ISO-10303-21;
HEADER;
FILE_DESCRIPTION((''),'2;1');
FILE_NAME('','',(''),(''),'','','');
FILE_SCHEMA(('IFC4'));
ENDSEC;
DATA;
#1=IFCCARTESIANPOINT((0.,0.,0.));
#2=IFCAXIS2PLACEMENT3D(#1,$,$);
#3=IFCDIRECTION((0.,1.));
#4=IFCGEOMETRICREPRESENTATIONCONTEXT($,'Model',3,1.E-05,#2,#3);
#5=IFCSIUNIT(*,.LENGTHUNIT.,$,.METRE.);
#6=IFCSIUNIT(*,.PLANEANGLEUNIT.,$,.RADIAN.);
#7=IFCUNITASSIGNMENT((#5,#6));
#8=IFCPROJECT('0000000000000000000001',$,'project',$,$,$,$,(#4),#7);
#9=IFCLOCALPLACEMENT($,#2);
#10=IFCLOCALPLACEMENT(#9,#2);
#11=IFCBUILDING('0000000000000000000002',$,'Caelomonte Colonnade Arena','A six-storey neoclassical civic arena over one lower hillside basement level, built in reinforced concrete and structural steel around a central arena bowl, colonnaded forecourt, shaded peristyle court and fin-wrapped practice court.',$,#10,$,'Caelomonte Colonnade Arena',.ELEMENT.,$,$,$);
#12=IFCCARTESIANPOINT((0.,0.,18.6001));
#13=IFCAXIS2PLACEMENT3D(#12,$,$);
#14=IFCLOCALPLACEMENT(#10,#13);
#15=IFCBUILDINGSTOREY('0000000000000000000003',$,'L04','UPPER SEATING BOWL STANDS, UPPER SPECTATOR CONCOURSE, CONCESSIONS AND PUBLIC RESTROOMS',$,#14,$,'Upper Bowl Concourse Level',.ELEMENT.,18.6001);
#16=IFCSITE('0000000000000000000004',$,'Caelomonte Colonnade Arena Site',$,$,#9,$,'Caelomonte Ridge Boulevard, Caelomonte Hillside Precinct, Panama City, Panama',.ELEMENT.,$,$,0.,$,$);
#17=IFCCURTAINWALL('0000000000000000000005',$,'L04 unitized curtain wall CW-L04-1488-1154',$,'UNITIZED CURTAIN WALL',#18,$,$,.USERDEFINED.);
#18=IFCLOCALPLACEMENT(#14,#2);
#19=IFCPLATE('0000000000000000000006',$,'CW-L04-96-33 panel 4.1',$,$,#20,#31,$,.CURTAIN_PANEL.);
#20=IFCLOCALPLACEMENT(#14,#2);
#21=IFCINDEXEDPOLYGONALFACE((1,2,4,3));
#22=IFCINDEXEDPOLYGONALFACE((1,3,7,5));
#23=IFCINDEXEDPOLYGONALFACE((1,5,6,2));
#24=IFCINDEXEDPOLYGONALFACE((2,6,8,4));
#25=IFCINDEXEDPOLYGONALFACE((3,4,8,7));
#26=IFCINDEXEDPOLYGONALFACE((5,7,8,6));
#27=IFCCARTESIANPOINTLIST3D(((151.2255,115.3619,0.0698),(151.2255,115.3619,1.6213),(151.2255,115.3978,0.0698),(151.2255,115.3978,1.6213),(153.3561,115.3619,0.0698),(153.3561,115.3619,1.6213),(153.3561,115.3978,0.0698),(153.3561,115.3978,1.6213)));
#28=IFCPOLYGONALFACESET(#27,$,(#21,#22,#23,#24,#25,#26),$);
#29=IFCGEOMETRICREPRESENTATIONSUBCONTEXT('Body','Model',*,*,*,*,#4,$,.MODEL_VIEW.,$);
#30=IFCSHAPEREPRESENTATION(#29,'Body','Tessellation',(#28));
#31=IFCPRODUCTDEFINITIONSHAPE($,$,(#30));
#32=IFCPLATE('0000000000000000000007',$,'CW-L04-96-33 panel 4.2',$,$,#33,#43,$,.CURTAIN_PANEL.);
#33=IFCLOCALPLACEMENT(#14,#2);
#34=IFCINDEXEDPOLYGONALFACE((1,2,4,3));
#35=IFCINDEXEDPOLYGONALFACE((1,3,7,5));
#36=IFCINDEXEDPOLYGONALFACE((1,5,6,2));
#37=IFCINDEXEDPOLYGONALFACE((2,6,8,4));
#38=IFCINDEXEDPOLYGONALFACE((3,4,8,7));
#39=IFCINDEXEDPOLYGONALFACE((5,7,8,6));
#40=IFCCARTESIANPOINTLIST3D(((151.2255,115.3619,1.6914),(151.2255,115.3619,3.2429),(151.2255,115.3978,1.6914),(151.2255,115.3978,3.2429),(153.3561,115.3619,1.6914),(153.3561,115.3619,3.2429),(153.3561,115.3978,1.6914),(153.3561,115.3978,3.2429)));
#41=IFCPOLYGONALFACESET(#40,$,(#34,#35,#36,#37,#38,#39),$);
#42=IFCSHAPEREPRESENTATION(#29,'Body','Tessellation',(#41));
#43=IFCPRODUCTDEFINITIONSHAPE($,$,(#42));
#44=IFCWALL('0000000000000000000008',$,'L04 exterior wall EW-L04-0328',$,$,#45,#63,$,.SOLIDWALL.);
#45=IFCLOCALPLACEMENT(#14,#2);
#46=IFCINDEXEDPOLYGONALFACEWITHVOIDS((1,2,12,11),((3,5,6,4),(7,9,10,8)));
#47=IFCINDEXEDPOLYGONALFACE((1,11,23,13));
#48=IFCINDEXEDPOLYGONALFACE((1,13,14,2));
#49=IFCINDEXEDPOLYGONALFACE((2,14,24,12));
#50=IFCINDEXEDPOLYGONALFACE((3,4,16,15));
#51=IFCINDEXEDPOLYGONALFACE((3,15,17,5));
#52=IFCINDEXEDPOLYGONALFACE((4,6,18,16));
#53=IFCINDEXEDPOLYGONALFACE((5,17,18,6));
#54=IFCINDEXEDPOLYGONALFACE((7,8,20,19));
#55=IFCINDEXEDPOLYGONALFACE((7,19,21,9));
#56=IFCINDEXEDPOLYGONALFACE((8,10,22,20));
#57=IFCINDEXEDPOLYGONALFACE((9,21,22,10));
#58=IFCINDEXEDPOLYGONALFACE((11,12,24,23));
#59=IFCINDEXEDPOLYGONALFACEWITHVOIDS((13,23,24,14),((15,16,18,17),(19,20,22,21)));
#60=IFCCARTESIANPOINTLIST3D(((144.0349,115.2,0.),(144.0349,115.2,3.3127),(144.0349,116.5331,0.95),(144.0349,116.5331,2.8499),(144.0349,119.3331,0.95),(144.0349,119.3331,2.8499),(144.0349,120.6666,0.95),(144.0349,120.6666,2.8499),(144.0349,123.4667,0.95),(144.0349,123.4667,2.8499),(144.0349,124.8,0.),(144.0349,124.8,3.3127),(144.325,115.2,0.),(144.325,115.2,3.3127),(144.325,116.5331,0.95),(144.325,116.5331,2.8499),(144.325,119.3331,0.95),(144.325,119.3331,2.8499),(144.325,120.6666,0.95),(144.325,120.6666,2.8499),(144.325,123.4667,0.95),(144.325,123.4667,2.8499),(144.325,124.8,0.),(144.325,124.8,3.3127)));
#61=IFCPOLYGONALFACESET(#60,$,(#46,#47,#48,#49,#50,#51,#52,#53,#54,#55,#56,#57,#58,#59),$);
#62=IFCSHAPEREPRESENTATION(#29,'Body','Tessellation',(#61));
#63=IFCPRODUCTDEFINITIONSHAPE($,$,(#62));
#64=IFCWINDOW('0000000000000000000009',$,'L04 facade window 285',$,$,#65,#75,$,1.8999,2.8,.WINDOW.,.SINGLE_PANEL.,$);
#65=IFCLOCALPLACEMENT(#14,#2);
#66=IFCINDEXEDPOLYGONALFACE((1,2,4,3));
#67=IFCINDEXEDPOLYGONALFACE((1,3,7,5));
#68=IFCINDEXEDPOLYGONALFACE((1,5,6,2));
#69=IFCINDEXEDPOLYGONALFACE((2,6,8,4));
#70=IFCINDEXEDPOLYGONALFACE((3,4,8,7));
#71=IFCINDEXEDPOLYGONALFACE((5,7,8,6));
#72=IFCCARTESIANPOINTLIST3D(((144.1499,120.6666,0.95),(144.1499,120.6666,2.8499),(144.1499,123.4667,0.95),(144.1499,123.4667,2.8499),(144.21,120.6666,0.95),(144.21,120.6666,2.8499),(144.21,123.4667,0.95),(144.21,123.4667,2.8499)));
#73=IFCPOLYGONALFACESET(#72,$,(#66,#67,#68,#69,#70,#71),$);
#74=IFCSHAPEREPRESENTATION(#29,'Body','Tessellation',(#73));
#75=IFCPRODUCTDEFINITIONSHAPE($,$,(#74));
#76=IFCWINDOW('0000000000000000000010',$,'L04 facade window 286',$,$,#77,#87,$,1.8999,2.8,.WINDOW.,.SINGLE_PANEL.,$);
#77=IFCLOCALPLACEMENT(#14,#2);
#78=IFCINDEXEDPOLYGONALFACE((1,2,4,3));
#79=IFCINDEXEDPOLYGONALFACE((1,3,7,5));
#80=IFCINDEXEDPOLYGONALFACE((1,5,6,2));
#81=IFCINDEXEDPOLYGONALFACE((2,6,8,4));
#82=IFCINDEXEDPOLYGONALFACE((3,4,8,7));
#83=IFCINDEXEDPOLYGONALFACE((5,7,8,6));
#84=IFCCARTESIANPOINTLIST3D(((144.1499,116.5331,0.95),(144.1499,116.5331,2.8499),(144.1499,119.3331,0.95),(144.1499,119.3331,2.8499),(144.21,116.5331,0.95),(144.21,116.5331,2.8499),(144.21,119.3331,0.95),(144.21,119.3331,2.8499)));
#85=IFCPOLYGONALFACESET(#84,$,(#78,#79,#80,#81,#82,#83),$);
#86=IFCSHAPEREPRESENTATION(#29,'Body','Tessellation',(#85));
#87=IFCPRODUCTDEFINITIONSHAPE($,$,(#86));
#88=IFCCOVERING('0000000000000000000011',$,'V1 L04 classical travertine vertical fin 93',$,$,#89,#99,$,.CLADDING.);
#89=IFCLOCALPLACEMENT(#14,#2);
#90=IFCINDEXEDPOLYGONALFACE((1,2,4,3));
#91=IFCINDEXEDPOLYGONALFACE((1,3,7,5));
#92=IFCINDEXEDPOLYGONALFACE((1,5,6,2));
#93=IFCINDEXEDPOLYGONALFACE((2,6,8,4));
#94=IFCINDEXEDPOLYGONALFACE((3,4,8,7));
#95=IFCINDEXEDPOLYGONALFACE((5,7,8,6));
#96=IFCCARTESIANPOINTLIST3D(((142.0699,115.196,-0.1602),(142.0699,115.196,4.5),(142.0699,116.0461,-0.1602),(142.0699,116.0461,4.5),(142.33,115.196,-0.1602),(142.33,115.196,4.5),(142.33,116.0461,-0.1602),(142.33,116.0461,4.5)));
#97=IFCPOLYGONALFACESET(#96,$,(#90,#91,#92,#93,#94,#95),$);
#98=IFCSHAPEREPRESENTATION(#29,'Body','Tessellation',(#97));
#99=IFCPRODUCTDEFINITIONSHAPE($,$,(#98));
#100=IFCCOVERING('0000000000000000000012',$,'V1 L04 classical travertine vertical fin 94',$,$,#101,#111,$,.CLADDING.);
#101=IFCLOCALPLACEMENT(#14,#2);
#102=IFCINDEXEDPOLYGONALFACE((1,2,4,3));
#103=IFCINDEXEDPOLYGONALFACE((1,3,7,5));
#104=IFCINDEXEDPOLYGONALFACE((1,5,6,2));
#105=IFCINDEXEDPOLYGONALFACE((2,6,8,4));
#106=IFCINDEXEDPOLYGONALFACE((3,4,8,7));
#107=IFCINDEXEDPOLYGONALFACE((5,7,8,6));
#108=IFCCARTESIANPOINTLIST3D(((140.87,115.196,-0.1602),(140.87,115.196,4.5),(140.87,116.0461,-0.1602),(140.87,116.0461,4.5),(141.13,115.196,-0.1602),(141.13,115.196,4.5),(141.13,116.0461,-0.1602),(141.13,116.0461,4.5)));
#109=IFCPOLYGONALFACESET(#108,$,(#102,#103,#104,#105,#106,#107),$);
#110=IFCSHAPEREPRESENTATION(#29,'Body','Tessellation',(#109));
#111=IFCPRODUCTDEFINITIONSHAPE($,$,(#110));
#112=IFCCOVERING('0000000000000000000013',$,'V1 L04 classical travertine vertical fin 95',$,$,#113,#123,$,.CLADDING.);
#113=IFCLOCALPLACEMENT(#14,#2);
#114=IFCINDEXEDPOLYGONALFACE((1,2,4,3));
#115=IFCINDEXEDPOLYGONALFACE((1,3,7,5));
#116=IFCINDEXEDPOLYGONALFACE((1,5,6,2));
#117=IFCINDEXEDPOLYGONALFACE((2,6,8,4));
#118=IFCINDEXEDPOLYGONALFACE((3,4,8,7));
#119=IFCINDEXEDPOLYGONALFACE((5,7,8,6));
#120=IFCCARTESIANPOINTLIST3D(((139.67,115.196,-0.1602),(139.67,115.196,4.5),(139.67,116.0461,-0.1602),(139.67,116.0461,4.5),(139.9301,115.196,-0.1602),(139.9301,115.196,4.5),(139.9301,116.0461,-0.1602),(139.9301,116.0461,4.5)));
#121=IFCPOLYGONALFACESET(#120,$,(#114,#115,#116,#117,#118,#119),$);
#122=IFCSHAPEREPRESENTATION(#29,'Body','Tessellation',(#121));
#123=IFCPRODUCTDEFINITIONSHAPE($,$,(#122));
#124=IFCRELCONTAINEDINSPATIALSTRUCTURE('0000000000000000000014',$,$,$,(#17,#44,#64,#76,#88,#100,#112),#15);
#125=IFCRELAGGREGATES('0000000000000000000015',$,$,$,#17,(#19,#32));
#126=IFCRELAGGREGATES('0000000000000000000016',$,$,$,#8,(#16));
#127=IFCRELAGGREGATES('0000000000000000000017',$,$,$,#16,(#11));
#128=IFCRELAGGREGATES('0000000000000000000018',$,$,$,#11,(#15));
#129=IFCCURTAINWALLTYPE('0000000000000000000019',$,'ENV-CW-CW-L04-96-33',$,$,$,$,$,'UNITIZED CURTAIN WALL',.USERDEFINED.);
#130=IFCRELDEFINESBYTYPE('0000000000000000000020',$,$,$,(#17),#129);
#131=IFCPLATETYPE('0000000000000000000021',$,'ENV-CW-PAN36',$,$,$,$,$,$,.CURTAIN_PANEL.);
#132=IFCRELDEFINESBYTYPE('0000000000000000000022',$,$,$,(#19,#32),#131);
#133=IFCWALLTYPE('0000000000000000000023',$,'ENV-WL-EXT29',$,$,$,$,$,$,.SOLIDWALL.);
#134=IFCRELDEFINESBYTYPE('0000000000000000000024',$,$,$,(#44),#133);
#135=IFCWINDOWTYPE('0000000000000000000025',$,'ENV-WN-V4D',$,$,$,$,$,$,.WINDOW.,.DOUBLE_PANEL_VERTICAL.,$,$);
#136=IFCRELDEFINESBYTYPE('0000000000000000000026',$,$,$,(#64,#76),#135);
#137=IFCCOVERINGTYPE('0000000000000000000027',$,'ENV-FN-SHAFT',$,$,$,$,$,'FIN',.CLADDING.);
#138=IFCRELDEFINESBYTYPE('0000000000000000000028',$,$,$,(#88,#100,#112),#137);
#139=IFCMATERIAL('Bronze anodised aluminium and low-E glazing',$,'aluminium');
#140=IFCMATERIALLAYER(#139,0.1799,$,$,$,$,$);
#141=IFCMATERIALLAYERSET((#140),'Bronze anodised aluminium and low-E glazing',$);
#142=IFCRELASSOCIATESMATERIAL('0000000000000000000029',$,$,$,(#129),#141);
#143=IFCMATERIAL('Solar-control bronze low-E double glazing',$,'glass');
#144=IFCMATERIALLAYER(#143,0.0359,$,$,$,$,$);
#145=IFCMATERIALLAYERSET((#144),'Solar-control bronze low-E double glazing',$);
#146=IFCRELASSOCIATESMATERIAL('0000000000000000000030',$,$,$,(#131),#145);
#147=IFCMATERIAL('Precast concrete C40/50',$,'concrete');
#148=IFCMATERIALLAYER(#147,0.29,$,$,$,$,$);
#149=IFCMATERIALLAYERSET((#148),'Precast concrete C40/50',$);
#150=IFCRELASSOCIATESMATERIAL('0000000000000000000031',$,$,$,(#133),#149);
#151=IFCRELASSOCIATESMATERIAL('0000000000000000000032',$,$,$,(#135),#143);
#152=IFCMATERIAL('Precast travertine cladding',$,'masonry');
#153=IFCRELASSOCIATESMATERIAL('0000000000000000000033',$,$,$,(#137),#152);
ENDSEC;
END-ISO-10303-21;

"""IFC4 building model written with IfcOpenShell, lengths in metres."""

from ifc_helpers import new_model, si_unit, direction, frame, frame_2d, origin, origin_2d, place, context, subcontext, project, spatial, rectangle, extrude, material, layer, layer_set, material_profile, profile_set, type_object, element, fill, aggregate, save


model = new_model("IFC4")

# Units and contexts
model_context = context("Model", 3, precision=1e-05, world=origin(), true_north=direction((0.0, 1.0)))
body_context = subcontext(model_context, "Body", "Model", "MODEL_VIEW")
ifc_project = project(units=[si_unit("LENGTHUNIT", "METRE"), si_unit("PLANEANGLEUNIT", "RADIAN")], contexts=[model_context])

# Site, building, storey
site_placement = place(None, origin())
site = spatial("IfcSite", under=ifc_project, at=site_placement, Name="Caelomonte Colonnade Arena Site", LongName="Caelomonte Ridge Boulevard, Caelomonte Hillside Precinct, Panama City, Panama", CompositionType="ELEMENT", RefElevation=0.0)
building_placement = place(site_placement, origin())
building = spatial("IfcBuilding", under=site, at=building_placement, Name="Caelomonte Colonnade Arena", Description="A six-storey neoclassical civic arena over one lower hillside basement level, built in reinforced concrete and structural steel around a central arena bowl, colonnaded forecourt, shaded peristyle court and fin-wrapped practice court.", LongName="Caelomonte Colonnade Arena", CompositionType="ELEMENT")
storey_placement = place(building_placement, frame((0.0, 0.0, 18.6001)))
storey = spatial("IfcBuildingStorey", under=building, at=storey_placement, Name="L04", Description="UPPER SEATING BOWL STANDS, UPPER SPECTATOR CONCOURSE, CONCESSIONS AND PUBLIC RESTROOMS", LongName="Upper Bowl Concourse Level", CompositionType="ELEMENT", Elevation=18.6001)

# Curtain wall
ifc_material_1 = material(Name="Bronze anodised aluminium and low-E glazing", Category="aluminium")
ifc_layer_1 = layer(ifc_material_1, 0.1799)
ifc_layer_set_1 = layer_set([ifc_layer_1], Name="Bronze anodised aluminium and low-E glazing")
curtain_wall_type = type_object("IfcCurtainWallType", Name="ENV-CW-CW-L04-96-33", ElementType="UNITIZED CURTAIN WALL", PredefinedType="USERDEFINED", material=ifc_layer_set_1)
curtain_wall_placement = place(storey_placement, origin())
curtain_wall = element("IfcCurtainWall", 1, at=curtain_wall_placement, inside=storey, type_object=curtain_wall_type, Name="L04 unitized curtain wall CW-L04-1488-1154", ObjectType="UNITIZED CURTAIN WALL", PredefinedType="USERDEFINED")

# Plates
ifc_material_2 = material(Name="Solar-control bronze low-E double glazing", Category="glass")
ifc_layer_2 = layer(ifc_material_2, 0.0359)
ifc_layer_set_2 = layer_set([ifc_layer_2], Name="Solar-control bronze low-E double glazing")
plate_type = type_object("IfcPlateType", Name="ENV-CW-PAN36", PredefinedType="CURTAIN_PANEL", material=ifc_layer_set_2)
plate_1_placement = place(storey_placement, frame((152.2908, 115.3799, 0.0698), z_axis=(0.0, 0.0, 1.0), x_axis=(1.0, 0.0, 0.0)))
plate_1 = element("IfcPlate", 2, at=plate_1_placement, type_object=plate_type, Name="CW-L04-96-33 panel 4.1", PredefinedType="CURTAIN_PANEL", context=body_context, shape_type="SweptSolid", body=[
    extrude(rectangle(XDim=2.1306, YDim=0.0359, at=origin_2d()), origin(), (0.0, 0.0, 1.0), 1.5515),
])
plate_2_placement = place(storey_placement, frame((152.2908, 115.3799, 1.6914), z_axis=(0.0, 0.0, 1.0), x_axis=(1.0, 0.0, 0.0)))
plate_2 = element("IfcPlate", 3, at=plate_2_placement, type_object=plate_type, Name="CW-L04-96-33 panel 4.2", PredefinedType="CURTAIN_PANEL", context=body_context, shape_type="SweptSolid", body=[
    extrude(rectangle(XDim=2.1306, YDim=0.0359, at=origin_2d()), origin(), (0.0, 0.0, 1.0), 1.5515),
])
aggregate(curtain_wall, [plate_1, plate_2])

# Wall, openings, windows
ifc_material_3 = material(Name="Precast concrete C40/50", Category="concrete")
ifc_layer_3 = layer(ifc_material_3, 0.29)
ifc_layer_set_3 = layer_set([ifc_layer_3], Name="Precast concrete C40/50")
wall_type = type_object("IfcWallType", Name="ENV-WL-EXT29", PredefinedType="SOLIDWALL", material=ifc_layer_set_3)
wall_placement = place(storey_placement, frame((144.1799, 124.8, 0.0), z_axis=(0.0, 0.0, 1.0), x_axis=(0.0, -1.0, 0.0)))
wall = element("IfcWall", 4, at=wall_placement, inside=storey, type_object=wall_type, Name="L04 exterior wall EW-L04-0328", PredefinedType="SOLIDWALL", context=body_context, shape_type="SweptSolid", body=[
    extrude(rectangle(XDim=9.6001, YDim=0.29, at=frame_2d((4.8, 0.0))), origin(), (0.0, 0.0, 1.0), 3.3127),
])
opening_1_placement = place(wall_placement, frame((4.1333, 0.0, 0.95), z_axis=(0.0, 0.0, 1.0), x_axis=(-1.0, 0.0, 0.0)))
opening_1 = element("IfcOpeningElement", 5, at=opening_1_placement, cuts=wall, PredefinedType="OPENING", context=body_context, shape_type="SweptSolid", body=[
    extrude(rectangle(XDim=2.8, YDim=1.8999, at=frame_2d((1.3999, 0.95))), frame((0.0, 0.155, 0.0), z_axis=(0.0, -1.0, 0.0), x_axis=(1.0, 0.0, 0.0)), (0.0, 0.0, 1.0), 0.3101),
])
opening_2_placement = place(wall_placement, frame((8.2668, 0.0, 0.95), z_axis=(0.0, 0.0, 1.0), x_axis=(-1.0, 0.0, 0.0)))
opening_2 = element("IfcOpeningElement", 6, at=opening_2_placement, cuts=wall, PredefinedType="OPENING", context=body_context, shape_type="SweptSolid", body=[
    extrude(rectangle(XDim=2.8, YDim=1.8999, at=frame_2d((1.3999, 0.95))), frame((0.0, 0.155, 0.0), z_axis=(0.0, -1.0, 0.0), x_axis=(1.0, 0.0, 0.0)), (0.0, 0.0, 1.0), 0.3101),
])
window_type = type_object("IfcWindowType", Name="ENV-WN-V4D", PartitioningType="DOUBLE_PANEL_VERTICAL", PredefinedType="WINDOW", material=ifc_material_2)
window_1_placement = place(opening_1_placement, origin())
window_1 = element("IfcWindow", 7, at=window_1_placement, inside=storey, type_object=window_type, Name="L04 facade window 285", OverallHeight=1.8999, OverallWidth=2.8, PartitioningType="SINGLE_PANEL", PredefinedType="WINDOW", context=body_context, shape_type="SweptSolid", body=[
    extrude(rectangle(XDim=2.8, YDim=1.8999, at=frame_2d((1.3999, 0.95))), frame((0.0, 0.03, 0.0), z_axis=(0.0, -1.0, 0.0), x_axis=(1.0, 0.0, 0.0)), (0.0, 0.0, 1.0), 0.0601),
])
fill(opening_1, window_1)
window_2_placement = place(opening_2_placement, origin())
window_2 = element("IfcWindow", 8, at=window_2_placement, inside=storey, type_object=window_type, Name="L04 facade window 286", OverallHeight=1.8999, OverallWidth=2.8, PartitioningType="SINGLE_PANEL", PredefinedType="WINDOW", context=body_context, shape_type="SweptSolid", body=[
    extrude(rectangle(XDim=2.8, YDim=1.8999, at=frame_2d((1.3999, 0.95))), frame((0.0, 0.03, 0.0), z_axis=(0.0, -1.0, 0.0), x_axis=(1.0, 0.0, 0.0)), (0.0, 0.0, 1.0), 0.0601),
])
fill(opening_2, window_2)

# Coverings
ifc_material_4 = material(Name="Precast travertine cladding", Category="masonry")
ifc_material_profile_1 = material_profile(ifc_material_4, rectangle(XDim=0.26, YDim=0.8501, at=origin_2d()), Name="FIN260X850")
ifc_profile_set_1 = profile_set([ifc_material_profile_1], Name="Precast travertine cladding")
covering_type = type_object("IfcCoveringType", Name="ENV-FN-SHAFT", ElementType="FIN", PredefinedType="CLADDING", material=ifc_profile_set_1)
for number, where, z_axis, x_axis, name in (
    (9, (142.2, 115.6211, -0.1602), (0.0, 0.0, 1.0), (1.0, 0.0, 0.0), "V1 L04 classical travertine vertical fin 93"),
    (10, (141.0, 115.6211, -0.1602), (0.0, 0.0, 1.0), (1.0, 0.0, 0.0), "V1 L04 classical travertine vertical fin 94"),
    (11, (139.8, 115.6211, -0.1602), (0.0, 0.0, 1.0), (1.0, 0.0, 0.0), "V1 L04 classical travertine vertical fin 95"),
):
    element("IfcCovering", number, at=place(storey_placement, frame(where, z_axis=z_axis, x_axis=x_axis)), inside=storey, type_object=covering_type, Name=name, PredefinedType="CLADDING", context=body_context, shape_type="SweptSolid", body=[
        extrude(rectangle(XDim=0.26, YDim=0.8501, at=origin_2d()), origin(), (0.0, 0.0, 1.0), 4.6602),
    ])

save(model, "model.ifc")
